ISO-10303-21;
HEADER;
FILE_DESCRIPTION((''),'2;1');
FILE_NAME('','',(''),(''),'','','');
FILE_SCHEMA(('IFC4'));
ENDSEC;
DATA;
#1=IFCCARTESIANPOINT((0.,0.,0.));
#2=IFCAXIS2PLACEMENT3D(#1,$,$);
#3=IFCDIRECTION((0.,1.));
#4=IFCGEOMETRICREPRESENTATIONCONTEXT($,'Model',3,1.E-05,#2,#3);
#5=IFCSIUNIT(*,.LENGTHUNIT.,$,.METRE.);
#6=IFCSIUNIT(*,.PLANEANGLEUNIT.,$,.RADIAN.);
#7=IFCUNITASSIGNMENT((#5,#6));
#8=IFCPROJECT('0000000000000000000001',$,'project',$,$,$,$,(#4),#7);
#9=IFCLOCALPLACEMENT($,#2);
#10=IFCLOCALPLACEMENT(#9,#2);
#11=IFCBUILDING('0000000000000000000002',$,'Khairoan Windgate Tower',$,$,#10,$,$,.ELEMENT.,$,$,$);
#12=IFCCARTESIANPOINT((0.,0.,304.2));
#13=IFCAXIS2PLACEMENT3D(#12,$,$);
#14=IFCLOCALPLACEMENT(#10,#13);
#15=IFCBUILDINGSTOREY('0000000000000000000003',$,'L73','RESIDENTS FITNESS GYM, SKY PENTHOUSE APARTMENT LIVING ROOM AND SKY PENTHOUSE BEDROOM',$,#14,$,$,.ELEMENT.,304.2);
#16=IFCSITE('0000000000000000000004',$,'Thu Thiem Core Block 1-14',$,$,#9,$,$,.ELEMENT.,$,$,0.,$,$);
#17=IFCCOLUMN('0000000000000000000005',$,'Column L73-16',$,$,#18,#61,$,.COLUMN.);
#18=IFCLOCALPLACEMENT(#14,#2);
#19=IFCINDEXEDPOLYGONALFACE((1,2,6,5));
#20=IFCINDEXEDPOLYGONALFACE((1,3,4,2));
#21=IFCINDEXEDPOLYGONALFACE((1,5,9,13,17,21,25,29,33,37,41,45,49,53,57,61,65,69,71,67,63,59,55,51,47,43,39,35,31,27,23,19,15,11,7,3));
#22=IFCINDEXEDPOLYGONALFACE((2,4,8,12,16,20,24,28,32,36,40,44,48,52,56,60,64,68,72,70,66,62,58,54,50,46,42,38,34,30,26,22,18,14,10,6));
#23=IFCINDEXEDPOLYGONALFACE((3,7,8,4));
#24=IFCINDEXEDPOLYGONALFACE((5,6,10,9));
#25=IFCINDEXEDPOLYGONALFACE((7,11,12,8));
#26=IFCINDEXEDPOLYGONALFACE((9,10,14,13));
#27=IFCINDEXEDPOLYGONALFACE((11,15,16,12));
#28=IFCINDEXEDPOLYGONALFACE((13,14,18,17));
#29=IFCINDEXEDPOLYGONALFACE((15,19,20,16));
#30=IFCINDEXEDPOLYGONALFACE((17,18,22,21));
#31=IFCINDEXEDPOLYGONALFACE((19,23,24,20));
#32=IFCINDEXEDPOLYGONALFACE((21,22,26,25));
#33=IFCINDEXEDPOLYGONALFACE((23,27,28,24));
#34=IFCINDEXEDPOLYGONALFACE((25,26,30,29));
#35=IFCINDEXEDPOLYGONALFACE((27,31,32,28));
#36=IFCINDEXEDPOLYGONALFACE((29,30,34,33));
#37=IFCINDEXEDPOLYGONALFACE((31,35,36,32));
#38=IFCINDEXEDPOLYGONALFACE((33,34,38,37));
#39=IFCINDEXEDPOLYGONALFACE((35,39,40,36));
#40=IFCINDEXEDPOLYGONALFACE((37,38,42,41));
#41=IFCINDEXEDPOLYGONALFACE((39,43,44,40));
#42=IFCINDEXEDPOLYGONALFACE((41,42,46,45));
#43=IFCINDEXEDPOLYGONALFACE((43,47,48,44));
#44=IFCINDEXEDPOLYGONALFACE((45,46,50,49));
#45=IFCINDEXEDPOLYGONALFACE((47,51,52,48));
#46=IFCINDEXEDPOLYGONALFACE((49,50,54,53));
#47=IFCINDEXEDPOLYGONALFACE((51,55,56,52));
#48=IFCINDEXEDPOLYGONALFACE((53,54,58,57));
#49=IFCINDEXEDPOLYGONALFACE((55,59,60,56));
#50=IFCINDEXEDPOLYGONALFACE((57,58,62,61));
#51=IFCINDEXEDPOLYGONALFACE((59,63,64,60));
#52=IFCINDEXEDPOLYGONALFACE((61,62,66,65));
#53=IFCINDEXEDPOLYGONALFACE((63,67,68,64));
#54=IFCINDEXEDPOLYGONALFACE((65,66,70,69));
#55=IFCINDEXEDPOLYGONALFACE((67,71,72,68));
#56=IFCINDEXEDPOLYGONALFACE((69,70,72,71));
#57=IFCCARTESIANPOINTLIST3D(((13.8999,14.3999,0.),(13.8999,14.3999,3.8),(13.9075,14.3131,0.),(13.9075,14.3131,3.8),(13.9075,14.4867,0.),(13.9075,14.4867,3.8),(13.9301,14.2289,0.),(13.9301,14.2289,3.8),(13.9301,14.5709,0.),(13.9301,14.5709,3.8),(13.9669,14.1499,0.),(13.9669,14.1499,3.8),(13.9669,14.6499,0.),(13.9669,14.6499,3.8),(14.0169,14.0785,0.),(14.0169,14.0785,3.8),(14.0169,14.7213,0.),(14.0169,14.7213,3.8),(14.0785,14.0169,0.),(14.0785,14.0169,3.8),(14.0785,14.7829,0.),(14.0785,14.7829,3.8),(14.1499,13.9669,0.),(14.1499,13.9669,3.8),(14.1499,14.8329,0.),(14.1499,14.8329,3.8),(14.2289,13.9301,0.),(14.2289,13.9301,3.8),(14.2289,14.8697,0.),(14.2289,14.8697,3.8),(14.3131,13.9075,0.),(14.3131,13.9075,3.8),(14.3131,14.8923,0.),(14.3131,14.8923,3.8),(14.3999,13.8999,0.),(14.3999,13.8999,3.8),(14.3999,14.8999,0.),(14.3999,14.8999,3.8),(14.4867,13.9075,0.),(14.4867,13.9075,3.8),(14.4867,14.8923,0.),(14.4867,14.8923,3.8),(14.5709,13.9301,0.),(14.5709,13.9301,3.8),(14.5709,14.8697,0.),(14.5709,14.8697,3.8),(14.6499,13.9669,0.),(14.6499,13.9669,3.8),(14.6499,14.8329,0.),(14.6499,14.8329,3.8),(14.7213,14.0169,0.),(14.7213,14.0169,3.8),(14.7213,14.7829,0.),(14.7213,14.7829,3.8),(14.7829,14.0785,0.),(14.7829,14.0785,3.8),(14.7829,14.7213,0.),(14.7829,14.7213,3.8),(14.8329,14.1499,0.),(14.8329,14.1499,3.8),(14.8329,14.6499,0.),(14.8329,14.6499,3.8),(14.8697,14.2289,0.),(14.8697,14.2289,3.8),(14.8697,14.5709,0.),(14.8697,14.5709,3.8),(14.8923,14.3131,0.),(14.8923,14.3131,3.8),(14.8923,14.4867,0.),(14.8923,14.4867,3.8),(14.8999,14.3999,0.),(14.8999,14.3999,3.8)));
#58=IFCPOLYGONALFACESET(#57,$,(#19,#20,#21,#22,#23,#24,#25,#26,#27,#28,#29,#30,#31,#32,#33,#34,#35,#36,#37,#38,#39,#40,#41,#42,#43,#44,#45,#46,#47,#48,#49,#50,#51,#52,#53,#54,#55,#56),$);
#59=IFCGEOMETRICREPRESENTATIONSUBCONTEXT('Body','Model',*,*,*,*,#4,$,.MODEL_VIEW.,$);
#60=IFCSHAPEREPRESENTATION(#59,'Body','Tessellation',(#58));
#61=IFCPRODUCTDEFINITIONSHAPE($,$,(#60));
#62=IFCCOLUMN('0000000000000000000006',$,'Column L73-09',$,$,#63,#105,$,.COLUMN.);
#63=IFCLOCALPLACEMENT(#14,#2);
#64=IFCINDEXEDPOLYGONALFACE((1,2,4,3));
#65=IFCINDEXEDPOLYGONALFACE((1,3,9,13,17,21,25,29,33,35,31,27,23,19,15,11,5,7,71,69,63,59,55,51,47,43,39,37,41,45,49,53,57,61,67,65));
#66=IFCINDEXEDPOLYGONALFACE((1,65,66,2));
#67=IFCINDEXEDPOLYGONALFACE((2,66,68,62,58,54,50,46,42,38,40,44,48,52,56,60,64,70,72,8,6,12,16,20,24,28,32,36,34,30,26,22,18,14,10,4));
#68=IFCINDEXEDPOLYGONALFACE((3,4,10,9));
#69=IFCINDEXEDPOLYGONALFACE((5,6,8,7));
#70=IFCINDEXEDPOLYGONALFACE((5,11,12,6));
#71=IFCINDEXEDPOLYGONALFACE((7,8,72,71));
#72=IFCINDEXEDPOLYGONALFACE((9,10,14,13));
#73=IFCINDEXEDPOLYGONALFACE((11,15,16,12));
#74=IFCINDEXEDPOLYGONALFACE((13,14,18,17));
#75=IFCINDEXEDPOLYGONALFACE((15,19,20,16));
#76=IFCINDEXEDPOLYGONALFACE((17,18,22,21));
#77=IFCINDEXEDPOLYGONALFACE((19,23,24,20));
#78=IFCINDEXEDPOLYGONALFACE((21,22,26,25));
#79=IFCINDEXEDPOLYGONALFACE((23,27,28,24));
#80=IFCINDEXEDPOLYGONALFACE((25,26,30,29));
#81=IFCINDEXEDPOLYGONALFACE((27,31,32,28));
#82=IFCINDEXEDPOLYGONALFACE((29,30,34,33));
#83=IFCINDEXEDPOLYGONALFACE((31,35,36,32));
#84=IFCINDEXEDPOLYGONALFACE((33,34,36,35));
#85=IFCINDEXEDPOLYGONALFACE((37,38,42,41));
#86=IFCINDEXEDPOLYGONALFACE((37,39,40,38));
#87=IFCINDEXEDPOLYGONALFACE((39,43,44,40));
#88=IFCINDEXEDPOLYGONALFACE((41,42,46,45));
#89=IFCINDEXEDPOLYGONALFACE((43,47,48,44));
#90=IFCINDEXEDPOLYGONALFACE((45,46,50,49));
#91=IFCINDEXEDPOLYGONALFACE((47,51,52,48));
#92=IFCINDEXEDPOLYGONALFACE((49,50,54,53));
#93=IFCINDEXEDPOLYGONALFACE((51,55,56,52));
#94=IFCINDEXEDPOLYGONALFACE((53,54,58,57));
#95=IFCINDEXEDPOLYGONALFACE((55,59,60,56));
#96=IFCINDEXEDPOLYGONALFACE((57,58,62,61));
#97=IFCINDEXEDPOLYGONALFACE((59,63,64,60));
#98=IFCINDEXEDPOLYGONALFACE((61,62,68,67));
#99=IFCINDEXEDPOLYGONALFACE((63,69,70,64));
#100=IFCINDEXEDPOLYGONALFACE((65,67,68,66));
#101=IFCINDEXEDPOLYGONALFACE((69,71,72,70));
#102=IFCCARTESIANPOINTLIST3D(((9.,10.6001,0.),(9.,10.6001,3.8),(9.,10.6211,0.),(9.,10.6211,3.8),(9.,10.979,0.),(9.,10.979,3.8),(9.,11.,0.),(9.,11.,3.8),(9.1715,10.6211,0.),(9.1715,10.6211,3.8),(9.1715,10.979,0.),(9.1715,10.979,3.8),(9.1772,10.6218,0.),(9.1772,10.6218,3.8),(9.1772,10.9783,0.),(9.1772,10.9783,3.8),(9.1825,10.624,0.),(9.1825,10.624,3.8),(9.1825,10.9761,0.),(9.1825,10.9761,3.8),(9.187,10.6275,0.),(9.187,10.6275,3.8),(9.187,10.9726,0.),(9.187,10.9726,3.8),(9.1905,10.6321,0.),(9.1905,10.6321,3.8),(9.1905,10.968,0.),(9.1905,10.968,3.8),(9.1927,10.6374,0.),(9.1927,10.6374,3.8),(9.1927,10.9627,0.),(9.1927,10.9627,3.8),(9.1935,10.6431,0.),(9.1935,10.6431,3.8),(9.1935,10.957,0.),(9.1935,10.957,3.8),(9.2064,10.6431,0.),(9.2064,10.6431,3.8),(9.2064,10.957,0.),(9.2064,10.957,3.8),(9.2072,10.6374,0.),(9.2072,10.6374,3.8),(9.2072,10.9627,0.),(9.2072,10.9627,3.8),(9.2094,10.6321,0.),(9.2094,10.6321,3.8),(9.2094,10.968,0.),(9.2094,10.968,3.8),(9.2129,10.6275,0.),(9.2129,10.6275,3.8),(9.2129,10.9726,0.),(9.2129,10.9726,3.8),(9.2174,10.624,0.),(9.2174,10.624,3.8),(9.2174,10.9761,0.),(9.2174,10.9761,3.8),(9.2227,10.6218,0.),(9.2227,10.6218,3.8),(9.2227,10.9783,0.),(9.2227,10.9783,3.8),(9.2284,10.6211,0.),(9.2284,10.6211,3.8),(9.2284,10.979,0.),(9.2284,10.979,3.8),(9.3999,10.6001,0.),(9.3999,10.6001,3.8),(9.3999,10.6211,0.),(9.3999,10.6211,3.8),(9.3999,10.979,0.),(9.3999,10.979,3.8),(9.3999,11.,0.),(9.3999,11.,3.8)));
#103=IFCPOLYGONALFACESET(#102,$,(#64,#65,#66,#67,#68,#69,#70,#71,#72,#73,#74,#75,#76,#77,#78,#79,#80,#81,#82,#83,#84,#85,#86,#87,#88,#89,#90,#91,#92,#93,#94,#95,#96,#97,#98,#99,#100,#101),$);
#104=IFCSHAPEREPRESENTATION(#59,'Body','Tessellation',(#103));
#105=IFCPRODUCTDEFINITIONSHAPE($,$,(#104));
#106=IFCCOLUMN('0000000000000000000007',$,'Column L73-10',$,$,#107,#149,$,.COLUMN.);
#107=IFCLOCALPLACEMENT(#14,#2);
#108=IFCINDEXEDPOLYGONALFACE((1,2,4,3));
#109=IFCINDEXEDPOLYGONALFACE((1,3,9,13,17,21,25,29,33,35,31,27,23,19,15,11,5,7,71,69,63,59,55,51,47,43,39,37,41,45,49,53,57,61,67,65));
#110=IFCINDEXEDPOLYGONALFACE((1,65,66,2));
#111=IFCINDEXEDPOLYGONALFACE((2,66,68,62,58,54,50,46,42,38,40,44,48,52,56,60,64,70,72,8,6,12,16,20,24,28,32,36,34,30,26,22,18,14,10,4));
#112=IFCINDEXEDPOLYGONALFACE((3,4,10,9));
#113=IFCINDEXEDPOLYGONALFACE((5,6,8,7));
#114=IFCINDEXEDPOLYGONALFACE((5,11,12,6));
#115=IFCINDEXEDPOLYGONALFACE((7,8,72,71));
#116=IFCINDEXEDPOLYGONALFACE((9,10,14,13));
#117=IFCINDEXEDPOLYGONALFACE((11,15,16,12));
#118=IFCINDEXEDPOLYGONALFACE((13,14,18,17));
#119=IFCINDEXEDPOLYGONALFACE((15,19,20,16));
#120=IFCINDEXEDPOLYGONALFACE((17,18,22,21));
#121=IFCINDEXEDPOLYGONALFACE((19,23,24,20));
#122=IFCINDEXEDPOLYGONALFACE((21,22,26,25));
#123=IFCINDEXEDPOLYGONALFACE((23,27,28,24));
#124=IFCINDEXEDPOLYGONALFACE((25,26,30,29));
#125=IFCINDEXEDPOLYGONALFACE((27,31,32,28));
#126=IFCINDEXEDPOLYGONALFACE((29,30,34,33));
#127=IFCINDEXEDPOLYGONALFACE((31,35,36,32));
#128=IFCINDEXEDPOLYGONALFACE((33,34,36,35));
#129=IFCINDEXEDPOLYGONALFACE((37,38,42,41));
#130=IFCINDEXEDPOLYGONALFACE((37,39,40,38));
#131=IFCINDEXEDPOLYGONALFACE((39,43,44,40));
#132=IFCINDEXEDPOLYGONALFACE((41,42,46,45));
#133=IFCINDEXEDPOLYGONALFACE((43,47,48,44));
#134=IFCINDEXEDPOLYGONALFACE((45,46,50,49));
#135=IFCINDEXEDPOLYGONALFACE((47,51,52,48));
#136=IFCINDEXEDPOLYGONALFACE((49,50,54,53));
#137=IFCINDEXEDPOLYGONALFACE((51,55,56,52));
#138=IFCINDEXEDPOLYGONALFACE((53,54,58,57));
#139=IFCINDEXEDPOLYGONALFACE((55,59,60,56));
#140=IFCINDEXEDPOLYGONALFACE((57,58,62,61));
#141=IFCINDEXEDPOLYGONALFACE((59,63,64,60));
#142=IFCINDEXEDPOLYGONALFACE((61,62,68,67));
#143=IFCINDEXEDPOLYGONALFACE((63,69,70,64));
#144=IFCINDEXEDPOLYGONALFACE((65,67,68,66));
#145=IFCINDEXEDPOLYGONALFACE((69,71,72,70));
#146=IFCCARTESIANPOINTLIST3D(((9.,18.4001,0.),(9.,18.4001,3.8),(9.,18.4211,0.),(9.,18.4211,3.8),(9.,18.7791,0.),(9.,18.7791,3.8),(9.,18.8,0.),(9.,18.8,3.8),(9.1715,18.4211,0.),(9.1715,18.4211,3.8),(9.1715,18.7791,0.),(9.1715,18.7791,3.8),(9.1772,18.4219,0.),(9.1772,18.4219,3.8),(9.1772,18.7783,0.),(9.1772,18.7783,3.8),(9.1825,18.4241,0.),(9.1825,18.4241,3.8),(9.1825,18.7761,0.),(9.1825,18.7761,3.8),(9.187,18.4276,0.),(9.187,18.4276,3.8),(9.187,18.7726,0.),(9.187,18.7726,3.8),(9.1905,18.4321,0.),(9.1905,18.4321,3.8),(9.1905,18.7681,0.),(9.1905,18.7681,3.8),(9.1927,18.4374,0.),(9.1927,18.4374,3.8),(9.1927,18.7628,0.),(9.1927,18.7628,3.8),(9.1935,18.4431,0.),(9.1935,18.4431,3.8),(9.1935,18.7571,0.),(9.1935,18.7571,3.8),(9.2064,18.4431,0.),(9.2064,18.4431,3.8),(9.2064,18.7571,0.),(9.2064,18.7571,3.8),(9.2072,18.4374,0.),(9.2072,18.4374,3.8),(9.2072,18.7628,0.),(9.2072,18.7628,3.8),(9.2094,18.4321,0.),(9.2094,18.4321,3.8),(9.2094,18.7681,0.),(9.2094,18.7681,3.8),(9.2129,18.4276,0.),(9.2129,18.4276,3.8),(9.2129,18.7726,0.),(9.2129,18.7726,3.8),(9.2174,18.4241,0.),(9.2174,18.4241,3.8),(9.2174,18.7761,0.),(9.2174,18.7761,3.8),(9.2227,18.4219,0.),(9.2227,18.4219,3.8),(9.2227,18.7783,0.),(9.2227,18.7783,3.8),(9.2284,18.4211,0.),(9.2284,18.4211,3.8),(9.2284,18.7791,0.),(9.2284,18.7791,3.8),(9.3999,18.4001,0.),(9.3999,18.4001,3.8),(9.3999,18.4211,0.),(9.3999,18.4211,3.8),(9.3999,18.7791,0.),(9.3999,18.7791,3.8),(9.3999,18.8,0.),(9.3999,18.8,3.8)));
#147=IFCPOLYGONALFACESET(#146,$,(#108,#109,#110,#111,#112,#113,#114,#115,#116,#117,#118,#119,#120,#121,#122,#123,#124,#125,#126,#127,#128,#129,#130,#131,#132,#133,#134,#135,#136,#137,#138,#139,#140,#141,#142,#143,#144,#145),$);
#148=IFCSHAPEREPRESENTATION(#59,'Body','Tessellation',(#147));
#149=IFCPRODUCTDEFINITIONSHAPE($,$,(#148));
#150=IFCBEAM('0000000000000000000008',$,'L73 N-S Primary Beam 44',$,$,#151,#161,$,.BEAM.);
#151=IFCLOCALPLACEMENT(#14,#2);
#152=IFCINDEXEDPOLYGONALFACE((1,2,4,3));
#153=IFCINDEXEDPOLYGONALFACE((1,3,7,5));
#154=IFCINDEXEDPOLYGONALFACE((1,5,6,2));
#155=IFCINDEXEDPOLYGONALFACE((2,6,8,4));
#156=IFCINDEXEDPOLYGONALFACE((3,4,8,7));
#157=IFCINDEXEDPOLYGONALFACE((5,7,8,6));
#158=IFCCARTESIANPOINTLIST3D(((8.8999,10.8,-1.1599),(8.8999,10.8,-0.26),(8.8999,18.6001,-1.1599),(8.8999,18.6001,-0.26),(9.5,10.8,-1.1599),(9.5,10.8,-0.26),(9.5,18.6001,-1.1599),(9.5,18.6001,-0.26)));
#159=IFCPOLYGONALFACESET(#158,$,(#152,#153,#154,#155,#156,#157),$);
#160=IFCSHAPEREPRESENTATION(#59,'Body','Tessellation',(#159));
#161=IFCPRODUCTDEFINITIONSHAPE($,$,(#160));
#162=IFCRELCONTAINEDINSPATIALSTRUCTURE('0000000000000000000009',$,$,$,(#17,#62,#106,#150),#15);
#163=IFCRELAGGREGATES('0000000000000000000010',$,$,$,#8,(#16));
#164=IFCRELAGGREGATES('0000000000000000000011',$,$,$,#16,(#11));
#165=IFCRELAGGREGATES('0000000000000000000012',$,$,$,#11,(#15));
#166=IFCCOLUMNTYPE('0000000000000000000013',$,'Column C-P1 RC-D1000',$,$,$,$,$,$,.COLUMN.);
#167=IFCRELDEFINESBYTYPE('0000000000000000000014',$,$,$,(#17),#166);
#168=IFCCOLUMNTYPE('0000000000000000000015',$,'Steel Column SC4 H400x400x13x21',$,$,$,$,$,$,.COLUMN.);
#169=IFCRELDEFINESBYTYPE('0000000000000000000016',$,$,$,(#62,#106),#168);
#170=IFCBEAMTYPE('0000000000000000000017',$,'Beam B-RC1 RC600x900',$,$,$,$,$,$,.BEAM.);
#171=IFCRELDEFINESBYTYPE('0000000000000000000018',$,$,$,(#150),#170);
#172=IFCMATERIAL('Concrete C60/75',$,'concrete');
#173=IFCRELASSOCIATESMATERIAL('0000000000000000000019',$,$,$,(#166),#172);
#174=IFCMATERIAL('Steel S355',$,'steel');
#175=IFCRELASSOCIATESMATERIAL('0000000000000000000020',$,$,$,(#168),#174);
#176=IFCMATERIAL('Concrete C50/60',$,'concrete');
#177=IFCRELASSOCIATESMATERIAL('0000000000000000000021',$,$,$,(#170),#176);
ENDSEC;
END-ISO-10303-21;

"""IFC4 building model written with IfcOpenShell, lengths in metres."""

from ifc_helpers import new_model, si_unit, direction, frame, origin, origin_2d, place, context, subcontext, project, spatial, rectangle, circle, i_section, extrude, material, material_profile, profile_set, type_object, element, save


model = new_model("IFC4")

# Units and contexts
model_context = context("Model", 3, precision=1e-05, world=origin(), true_north=direction((0.0, 1.0)))
body_context = subcontext(model_context, "Body", "Model", "MODEL_VIEW")
ifc_project = project(units=[si_unit("LENGTHUNIT", "METRE"), si_unit("PLANEANGLEUNIT", "RADIAN")], contexts=[model_context])

# Site, building, storey
site_placement = place(None, origin())
site = spatial("IfcSite", under=ifc_project, at=site_placement, Name="Thu Thiem Core Block 1-14", CompositionType="ELEMENT", RefElevation=0.0)
building_placement = place(site_placement, origin())
building = spatial("IfcBuilding", under=site, at=building_placement, Name="Khairoan Windgate Tower", CompositionType="ELEMENT")
storey_placement = place(building_placement, frame((0.0, 0.0, 304.2)))
storey = spatial("IfcBuildingStorey", under=building, at=storey_placement, Name="L73", Description="RESIDENTS FITNESS GYM, SKY PENTHOUSE APARTMENT LIVING ROOM AND SKY PENTHOUSE BEDROOM", CompositionType="ELEMENT", Elevation=304.2)

# Columns
ifc_material_1 = material(Name="Concrete C60/75", Category="concrete")
ifc_material_profile_1 = material_profile(ifc_material_1, circle(Radius=0.5, at=origin_2d()))
ifc_profile_set_1 = profile_set([ifc_material_profile_1], Name="Concrete C60/75")
column_type_1 = type_object("IfcColumnType", Name="Column C-P1 RC-D1000", PredefinedType="COLUMN", material=ifc_profile_set_1)
column_placement = place(storey_placement, frame((14.3999, 14.3999, 0.0), z_axis=(0.0, 0.0, 1.0), x_axis=(1.0, 0.0, 0.0)))
element("IfcColumn", 1, at=column_placement, inside=storey, type_object=column_type_1, Name="Column L73-16", PredefinedType="COLUMN", context=body_context, shape_type="SweptSolid", body=[
    extrude(circle(Radius=0.5, at=origin_2d()), origin(), (0.0, 0.0, 1.0), 3.8),
])
ifc_material_2 = material(Name="Steel S355", Category="steel")
ifc_material_profile_2 = material_profile(ifc_material_2, i_section(OverallWidth=0.3999, OverallDepth=0.3999, WebThickness=0.0129, FlangeThickness=0.021, FilletRadius=0.022, at=origin_2d()))
ifc_profile_set_2 = profile_set([ifc_material_profile_2], Name="Steel S355")
column_type_2 = type_object("IfcColumnType", Name="Steel Column SC4 H400x400x13x21", PredefinedType="COLUMN", material=ifc_profile_set_2)
for number, where, z_axis, x_axis, name in (
    (2, (9.2, 10.8, 0.0), (0.0, 0.0, 1.0), (1.0, 0.0, 0.0), "Column L73-09"),
    (3, (9.2, 18.6001, 0.0), (0.0, 0.0, 1.0), (1.0, 0.0, 0.0), "Column L73-10"),
):
    element("IfcColumn", number, at=place(storey_placement, frame(where, z_axis=z_axis, x_axis=x_axis)), inside=storey, type_object=column_type_2, Name=name, PredefinedType="COLUMN", context=body_context, shape_type="SweptSolid", body=[
        extrude(i_section(OverallWidth=0.3999, OverallDepth=0.3999, WebThickness=0.0129, FlangeThickness=0.021, FilletRadius=0.022, at=origin_2d()), origin(), (0.0, 0.0, 1.0), 3.8),
    ])

# Beam
ifc_material_3 = material(Name="Concrete C50/60", Category="concrete")
ifc_material_profile_3 = material_profile(ifc_material_3, rectangle(XDim=0.6001, YDim=0.8999, at=origin_2d()))
ifc_profile_set_3 = profile_set([ifc_material_profile_3], Name="Concrete C50/60")
beam_type = type_object("IfcBeamType", Name="Beam B-RC1 RC600x900", PredefinedType="BEAM", material=ifc_profile_set_3)
beam_placement = place(storey_placement, frame((9.2, 10.8, -0.71), z_axis=(0.0, 1.0, 0.0), x_axis=(-1.0, 0.0, 0.0)))
element("IfcBeam", 4, at=beam_placement, inside=storey, type_object=beam_type, Name="L73 N-S Primary Beam 44", PredefinedType="BEAM", context=body_context, shape_type="SweptSolid", body=[
    extrude(rectangle(XDim=0.6001, YDim=0.8999, at=origin_2d()), origin(), (0.0, 0.0, 1.0), 7.8),
])

save(model, "model.ifc")
